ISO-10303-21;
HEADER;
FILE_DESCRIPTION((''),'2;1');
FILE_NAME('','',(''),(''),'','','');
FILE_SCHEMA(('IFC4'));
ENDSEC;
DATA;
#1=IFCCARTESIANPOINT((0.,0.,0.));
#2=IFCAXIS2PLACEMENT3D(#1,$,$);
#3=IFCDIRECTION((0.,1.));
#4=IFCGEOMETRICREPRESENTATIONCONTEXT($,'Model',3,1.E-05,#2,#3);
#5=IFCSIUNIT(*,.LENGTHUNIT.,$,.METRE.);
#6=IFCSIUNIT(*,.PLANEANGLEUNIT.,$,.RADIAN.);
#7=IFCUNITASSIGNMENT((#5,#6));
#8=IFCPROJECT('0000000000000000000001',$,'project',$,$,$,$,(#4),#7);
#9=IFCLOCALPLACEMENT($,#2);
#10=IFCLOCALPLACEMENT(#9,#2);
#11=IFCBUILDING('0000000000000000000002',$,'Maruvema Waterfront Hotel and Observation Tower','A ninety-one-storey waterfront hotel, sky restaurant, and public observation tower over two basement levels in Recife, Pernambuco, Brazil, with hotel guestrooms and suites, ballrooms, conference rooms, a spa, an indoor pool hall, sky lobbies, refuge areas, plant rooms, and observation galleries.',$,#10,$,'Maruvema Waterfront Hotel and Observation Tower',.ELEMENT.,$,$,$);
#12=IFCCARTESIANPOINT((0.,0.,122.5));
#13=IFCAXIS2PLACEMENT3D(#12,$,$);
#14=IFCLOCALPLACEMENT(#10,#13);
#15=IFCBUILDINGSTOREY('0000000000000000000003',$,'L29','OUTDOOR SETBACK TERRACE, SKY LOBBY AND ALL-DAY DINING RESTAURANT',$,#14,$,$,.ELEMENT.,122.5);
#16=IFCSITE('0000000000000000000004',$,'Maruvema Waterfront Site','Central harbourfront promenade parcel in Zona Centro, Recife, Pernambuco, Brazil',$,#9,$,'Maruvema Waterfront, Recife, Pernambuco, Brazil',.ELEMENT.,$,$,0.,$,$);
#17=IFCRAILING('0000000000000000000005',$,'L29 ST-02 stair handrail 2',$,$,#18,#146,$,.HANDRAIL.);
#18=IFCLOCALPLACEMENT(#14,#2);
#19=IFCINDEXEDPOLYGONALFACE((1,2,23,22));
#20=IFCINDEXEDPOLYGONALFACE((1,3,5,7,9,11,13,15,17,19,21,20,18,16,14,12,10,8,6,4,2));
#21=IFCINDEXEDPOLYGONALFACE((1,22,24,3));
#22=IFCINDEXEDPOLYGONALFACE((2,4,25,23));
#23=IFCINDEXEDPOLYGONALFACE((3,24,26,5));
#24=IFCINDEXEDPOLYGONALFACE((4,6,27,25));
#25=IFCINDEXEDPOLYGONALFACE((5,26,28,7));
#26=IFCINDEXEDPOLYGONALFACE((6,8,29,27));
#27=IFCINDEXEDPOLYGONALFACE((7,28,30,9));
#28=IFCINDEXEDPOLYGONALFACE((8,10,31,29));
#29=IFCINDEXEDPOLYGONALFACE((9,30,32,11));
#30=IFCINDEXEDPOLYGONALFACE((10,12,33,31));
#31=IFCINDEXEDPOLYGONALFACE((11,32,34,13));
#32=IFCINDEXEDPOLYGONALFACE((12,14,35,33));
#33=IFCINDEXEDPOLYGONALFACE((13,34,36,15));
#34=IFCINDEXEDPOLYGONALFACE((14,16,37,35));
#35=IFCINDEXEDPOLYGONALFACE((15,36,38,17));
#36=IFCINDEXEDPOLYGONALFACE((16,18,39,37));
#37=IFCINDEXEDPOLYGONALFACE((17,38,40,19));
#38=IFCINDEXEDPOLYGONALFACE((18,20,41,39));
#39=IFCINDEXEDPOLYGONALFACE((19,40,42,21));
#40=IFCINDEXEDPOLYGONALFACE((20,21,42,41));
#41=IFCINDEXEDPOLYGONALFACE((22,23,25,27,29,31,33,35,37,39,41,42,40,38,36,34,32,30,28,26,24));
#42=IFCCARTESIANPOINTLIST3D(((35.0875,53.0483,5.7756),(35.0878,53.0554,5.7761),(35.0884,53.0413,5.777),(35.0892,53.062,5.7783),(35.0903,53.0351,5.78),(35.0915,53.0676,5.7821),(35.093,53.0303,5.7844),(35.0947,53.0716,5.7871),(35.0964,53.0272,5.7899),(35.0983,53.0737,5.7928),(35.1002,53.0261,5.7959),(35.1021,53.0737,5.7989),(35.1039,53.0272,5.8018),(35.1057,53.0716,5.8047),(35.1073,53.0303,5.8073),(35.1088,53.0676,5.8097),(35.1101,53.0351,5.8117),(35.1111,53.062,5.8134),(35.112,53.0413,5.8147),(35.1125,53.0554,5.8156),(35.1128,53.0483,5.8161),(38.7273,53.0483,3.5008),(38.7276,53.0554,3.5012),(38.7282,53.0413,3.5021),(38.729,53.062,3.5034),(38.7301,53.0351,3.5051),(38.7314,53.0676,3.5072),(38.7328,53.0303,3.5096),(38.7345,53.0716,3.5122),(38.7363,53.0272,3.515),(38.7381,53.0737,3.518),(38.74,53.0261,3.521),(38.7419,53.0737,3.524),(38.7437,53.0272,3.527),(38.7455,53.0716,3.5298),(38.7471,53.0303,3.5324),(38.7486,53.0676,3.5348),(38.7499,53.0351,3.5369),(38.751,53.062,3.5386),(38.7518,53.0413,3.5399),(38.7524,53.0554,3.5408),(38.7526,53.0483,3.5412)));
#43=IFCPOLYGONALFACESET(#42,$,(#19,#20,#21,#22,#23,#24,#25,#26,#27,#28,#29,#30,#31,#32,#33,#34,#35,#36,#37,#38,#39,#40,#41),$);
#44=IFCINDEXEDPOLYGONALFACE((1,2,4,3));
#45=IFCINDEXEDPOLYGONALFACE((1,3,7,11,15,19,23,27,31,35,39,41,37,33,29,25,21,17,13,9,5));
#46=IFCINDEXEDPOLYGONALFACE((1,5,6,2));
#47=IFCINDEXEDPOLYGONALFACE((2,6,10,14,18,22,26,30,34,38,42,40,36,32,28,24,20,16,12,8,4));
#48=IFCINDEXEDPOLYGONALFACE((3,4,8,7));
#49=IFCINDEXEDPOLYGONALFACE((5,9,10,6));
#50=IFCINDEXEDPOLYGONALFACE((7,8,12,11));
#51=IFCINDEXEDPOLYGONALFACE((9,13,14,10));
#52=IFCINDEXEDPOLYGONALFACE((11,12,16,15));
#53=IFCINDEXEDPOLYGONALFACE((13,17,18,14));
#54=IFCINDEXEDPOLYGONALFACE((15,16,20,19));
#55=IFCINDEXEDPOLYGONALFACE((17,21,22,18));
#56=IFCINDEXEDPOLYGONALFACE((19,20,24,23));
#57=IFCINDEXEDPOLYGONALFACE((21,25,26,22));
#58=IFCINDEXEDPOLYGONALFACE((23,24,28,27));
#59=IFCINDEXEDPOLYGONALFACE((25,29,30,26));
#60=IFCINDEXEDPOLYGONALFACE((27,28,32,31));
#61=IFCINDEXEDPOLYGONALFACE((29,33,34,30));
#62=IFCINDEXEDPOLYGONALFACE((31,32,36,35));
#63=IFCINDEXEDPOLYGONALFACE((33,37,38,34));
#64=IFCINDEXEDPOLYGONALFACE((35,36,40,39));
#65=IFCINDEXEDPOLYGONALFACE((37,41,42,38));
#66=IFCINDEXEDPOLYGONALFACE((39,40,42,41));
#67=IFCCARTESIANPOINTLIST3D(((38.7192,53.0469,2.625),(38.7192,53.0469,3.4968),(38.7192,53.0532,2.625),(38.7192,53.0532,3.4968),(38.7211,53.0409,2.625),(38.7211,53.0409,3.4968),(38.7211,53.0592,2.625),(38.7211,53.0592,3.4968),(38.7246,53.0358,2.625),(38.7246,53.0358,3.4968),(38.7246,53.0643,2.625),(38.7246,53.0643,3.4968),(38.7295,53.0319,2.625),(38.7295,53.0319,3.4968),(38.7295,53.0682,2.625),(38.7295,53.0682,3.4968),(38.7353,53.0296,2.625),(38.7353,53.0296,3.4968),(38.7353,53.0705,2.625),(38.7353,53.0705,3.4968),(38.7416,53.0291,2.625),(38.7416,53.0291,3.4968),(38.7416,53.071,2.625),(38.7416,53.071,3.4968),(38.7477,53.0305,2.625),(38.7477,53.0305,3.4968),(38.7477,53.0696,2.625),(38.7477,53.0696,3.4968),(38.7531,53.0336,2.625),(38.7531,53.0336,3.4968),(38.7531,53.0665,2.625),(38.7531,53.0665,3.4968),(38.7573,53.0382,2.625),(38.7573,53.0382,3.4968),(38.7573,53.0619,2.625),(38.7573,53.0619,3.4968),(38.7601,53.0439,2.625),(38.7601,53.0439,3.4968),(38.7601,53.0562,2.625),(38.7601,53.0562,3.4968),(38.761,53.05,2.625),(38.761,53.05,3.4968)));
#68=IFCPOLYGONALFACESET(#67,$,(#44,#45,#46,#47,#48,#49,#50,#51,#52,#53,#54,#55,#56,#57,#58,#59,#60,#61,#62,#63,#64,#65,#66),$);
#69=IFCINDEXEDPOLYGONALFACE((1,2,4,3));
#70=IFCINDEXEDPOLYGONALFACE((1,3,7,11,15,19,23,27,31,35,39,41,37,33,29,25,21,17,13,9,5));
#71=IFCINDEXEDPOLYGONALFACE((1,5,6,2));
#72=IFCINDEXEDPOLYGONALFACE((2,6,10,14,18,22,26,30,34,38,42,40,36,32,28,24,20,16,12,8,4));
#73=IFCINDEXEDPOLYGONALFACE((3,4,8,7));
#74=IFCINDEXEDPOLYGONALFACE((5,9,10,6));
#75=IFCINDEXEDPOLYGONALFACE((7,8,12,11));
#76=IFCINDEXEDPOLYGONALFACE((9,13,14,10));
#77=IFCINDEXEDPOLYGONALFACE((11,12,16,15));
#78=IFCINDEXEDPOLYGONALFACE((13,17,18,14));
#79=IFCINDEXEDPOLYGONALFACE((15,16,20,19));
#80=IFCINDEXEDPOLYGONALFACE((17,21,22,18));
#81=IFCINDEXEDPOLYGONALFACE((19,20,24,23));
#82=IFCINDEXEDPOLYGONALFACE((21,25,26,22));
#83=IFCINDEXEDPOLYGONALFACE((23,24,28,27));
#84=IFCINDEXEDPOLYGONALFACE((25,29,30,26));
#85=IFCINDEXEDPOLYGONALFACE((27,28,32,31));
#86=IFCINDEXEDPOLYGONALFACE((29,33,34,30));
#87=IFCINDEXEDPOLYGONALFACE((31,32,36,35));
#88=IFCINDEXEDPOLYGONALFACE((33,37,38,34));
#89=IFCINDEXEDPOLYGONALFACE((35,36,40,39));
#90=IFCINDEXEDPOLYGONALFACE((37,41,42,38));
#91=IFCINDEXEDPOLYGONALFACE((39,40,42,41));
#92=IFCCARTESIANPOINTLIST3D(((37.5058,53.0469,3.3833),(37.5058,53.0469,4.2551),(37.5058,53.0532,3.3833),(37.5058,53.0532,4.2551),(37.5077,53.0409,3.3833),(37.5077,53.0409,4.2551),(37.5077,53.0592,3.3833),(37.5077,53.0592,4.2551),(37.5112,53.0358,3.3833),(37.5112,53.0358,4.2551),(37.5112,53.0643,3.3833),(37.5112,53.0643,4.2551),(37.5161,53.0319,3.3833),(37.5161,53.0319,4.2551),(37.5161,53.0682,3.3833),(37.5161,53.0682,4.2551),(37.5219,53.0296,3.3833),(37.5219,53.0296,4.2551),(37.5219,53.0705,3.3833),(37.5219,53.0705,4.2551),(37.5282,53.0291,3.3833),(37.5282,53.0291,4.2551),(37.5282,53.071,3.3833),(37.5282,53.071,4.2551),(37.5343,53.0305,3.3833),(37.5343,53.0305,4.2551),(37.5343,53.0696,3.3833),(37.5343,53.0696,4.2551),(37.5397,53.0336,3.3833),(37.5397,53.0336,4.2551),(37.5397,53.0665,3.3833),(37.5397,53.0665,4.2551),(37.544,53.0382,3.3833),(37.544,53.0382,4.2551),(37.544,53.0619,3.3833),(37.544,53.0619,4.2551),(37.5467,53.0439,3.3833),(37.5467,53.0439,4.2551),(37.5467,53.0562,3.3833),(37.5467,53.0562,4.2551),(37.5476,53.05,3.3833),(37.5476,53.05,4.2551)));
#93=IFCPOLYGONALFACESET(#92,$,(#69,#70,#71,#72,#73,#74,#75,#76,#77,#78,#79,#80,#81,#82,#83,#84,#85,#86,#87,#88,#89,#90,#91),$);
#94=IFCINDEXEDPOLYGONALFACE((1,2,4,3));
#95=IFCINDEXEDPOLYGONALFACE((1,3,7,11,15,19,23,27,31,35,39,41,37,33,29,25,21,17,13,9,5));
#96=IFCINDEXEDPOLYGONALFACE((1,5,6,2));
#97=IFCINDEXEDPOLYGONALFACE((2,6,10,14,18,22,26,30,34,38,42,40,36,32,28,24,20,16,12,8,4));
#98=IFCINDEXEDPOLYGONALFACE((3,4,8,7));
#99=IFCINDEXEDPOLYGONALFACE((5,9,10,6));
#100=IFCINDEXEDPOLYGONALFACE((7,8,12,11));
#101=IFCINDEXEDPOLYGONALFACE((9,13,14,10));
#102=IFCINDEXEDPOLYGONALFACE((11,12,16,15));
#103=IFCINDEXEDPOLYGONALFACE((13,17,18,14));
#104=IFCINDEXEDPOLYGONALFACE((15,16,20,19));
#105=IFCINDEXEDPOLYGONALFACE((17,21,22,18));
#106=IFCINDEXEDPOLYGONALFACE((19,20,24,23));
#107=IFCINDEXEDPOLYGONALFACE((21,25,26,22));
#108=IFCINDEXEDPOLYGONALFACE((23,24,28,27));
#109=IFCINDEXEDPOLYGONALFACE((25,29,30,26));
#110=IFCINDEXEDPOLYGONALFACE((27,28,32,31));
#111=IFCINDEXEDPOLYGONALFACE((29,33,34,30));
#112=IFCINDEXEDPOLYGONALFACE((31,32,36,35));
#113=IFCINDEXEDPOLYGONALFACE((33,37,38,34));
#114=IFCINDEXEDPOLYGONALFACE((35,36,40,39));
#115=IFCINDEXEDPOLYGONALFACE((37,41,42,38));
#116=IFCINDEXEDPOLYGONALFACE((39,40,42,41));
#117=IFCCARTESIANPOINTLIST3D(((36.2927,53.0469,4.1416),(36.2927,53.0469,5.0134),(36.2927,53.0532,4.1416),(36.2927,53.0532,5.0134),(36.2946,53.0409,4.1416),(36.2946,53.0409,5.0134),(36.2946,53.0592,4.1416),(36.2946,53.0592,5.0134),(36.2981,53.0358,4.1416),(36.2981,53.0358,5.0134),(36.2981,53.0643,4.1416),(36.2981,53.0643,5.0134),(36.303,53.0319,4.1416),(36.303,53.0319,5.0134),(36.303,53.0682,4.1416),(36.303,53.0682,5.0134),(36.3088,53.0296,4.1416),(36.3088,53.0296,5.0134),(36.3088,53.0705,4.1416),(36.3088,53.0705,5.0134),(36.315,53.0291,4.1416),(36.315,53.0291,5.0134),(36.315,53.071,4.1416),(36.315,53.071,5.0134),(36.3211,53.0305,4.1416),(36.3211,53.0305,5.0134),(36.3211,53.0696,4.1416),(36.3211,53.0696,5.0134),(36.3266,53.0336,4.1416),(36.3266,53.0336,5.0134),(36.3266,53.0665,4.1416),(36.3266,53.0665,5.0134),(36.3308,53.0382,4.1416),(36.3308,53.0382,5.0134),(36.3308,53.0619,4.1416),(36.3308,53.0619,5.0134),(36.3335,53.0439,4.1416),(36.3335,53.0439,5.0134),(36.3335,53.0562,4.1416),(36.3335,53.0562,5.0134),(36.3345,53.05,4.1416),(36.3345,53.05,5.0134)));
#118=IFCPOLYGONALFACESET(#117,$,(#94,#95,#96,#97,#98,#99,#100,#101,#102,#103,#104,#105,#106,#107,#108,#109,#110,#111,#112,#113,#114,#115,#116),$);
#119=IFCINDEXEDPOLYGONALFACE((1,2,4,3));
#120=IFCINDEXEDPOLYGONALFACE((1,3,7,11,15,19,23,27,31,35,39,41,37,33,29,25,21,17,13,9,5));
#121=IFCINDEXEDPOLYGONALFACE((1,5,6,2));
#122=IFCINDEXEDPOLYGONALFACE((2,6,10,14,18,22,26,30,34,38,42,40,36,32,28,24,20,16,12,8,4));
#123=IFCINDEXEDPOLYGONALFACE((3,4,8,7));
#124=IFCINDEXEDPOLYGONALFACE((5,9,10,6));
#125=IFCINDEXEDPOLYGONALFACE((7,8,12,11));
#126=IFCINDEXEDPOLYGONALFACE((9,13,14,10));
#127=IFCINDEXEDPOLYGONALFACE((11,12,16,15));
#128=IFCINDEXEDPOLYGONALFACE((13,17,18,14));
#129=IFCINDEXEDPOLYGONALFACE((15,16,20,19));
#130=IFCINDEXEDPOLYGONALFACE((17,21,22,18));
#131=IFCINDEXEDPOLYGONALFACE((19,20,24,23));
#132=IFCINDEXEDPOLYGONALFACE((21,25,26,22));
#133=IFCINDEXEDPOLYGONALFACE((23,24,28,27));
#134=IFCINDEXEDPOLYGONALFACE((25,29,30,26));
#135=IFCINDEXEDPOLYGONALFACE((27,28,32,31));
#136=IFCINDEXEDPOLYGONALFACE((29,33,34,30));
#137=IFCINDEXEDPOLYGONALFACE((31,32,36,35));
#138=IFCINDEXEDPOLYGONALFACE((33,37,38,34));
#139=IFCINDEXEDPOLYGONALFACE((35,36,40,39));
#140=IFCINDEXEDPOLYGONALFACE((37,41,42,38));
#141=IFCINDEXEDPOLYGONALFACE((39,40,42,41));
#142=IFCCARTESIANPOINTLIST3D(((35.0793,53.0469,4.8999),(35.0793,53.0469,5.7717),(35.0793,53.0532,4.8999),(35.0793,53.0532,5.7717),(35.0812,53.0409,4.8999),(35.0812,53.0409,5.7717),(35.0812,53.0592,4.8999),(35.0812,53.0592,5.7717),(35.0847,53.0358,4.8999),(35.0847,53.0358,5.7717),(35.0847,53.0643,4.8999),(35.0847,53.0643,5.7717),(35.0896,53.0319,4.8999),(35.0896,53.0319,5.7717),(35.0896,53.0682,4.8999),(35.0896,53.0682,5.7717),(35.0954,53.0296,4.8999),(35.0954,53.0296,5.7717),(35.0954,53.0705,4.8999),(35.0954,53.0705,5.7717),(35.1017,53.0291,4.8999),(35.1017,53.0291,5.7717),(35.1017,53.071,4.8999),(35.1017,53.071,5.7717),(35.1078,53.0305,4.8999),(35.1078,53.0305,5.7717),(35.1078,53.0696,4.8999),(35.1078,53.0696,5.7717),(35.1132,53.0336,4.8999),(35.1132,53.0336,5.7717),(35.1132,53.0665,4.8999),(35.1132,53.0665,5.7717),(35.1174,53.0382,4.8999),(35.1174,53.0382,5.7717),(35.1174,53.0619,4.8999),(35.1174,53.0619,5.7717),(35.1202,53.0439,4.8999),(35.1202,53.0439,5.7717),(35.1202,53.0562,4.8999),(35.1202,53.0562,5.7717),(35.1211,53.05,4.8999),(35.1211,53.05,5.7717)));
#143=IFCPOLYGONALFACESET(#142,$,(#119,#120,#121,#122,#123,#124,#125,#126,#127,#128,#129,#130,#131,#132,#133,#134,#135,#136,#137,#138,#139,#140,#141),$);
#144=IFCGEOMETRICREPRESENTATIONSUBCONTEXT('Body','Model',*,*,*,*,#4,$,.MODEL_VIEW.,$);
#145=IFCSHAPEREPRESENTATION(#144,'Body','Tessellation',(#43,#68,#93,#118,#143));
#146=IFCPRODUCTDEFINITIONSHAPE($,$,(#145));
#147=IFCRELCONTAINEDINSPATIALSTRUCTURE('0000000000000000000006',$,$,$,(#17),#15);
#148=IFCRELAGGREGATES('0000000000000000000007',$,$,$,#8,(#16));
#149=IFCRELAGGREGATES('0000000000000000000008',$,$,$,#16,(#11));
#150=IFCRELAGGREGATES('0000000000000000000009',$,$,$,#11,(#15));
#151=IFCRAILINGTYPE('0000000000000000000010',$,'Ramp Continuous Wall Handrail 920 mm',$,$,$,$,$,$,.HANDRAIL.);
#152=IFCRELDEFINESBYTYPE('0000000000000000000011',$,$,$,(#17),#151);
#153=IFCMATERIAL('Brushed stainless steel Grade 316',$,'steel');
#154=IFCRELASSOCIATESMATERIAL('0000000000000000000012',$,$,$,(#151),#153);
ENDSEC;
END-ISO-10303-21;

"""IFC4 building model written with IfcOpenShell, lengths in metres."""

from ifc_helpers import new_model, si_unit, direction, frame, origin, origin_2d, place, context, subcontext, project, spatial, circle, extrude, material, type_object, element, save


model = new_model("IFC4")

# Units and contexts
model_context = context("Model", 3, precision=1e-05, world=origin(), true_north=direction((0.0, 1.0)))
body_context = subcontext(model_context, "Body", "Model", "MODEL_VIEW")
ifc_project = project(units=[si_unit("LENGTHUNIT", "METRE"), si_unit("PLANEANGLEUNIT", "RADIAN")], contexts=[model_context])

# Site, building, storey
site_placement = place(None, origin())
site = spatial("IfcSite", under=ifc_project, at=site_placement, Name="Maruvema Waterfront Site", Description="Central harbourfront promenade parcel in Zona Centro, Recife, Pernambuco, Brazil", LongName="Maruvema Waterfront, Recife, Pernambuco, Brazil", CompositionType="ELEMENT", RefElevation=0.0)
building_placement = place(site_placement, origin())
building = spatial("IfcBuilding", under=site, at=building_placement, Name="Maruvema Waterfront Hotel and Observation Tower", Description="A ninety-one-storey waterfront hotel, sky restaurant, and public observation tower over two basement levels in Recife, Pernambuco, Brazil, with hotel guestrooms and suites, ballrooms, conference rooms, a spa, an indoor pool hall, sky lobbies, refuge areas, plant rooms, and observation galleries.", LongName="Maruvema Waterfront Hotel and Observation Tower", CompositionType="ELEMENT")
storey_placement = place(building_placement, frame((0.0, 0.0, 122.5)))
storey = spatial("IfcBuildingStorey", under=building, at=storey_placement, Name="L29", Description="OUTDOOR SETBACK TERRACE, SKY LOBBY AND ALL-DAY DINING RESTAURANT", CompositionType="ELEMENT", Elevation=122.5)

# Railing
ifc_material_1 = material(Name="Brushed stainless steel Grade 316", Category="steel")
railing_type_1 = type_object("IfcRailingType", Name="Ramp Continuous Wall Handrail 920 mm", PredefinedType="HANDRAIL", material=ifc_material_1)
railing_1_placement = place(storey_placement, frame((38.74, 53.05, 2.625)))
element("IfcRailing", 1, at=railing_1_placement, inside=storey, type_object=railing_type_1, Name="L29 ST-02 stair handrail 2", PredefinedType="HANDRAIL", context=body_context, shape_type="SweptSolid", body=[
    extrude(circle(Radius=0.0239, at=origin_2d()), frame((0.0, 0.0, 0.896), z_axis=(-0.848001, 0.0, 0.529994), x_axis=(0.0, -1.0, 0.0)), (0.0, 0.0, 1.0), 4.2922),
    extrude(circle(Radius=0.021, at=origin_2d()), origin(), (0.0, 0.0, 1.0), 0.8718),
    extrude(circle(Radius=0.021, at=origin_2d()), frame((-1.2134, 0.0, 0.7583)), (0.0, 0.0, 1.0), 0.8718),
    extrude(circle(Radius=0.021, at=origin_2d()), frame((-2.4265, 0.0, 1.5166)), (0.0, 0.0, 1.0), 0.8718),
    extrude(circle(Radius=0.021, at=origin_2d()), frame((-3.6399, 0.0, 2.2749)), (0.0, 0.0, 1.0), 0.8718),
])

save(model, "model.ifc")
